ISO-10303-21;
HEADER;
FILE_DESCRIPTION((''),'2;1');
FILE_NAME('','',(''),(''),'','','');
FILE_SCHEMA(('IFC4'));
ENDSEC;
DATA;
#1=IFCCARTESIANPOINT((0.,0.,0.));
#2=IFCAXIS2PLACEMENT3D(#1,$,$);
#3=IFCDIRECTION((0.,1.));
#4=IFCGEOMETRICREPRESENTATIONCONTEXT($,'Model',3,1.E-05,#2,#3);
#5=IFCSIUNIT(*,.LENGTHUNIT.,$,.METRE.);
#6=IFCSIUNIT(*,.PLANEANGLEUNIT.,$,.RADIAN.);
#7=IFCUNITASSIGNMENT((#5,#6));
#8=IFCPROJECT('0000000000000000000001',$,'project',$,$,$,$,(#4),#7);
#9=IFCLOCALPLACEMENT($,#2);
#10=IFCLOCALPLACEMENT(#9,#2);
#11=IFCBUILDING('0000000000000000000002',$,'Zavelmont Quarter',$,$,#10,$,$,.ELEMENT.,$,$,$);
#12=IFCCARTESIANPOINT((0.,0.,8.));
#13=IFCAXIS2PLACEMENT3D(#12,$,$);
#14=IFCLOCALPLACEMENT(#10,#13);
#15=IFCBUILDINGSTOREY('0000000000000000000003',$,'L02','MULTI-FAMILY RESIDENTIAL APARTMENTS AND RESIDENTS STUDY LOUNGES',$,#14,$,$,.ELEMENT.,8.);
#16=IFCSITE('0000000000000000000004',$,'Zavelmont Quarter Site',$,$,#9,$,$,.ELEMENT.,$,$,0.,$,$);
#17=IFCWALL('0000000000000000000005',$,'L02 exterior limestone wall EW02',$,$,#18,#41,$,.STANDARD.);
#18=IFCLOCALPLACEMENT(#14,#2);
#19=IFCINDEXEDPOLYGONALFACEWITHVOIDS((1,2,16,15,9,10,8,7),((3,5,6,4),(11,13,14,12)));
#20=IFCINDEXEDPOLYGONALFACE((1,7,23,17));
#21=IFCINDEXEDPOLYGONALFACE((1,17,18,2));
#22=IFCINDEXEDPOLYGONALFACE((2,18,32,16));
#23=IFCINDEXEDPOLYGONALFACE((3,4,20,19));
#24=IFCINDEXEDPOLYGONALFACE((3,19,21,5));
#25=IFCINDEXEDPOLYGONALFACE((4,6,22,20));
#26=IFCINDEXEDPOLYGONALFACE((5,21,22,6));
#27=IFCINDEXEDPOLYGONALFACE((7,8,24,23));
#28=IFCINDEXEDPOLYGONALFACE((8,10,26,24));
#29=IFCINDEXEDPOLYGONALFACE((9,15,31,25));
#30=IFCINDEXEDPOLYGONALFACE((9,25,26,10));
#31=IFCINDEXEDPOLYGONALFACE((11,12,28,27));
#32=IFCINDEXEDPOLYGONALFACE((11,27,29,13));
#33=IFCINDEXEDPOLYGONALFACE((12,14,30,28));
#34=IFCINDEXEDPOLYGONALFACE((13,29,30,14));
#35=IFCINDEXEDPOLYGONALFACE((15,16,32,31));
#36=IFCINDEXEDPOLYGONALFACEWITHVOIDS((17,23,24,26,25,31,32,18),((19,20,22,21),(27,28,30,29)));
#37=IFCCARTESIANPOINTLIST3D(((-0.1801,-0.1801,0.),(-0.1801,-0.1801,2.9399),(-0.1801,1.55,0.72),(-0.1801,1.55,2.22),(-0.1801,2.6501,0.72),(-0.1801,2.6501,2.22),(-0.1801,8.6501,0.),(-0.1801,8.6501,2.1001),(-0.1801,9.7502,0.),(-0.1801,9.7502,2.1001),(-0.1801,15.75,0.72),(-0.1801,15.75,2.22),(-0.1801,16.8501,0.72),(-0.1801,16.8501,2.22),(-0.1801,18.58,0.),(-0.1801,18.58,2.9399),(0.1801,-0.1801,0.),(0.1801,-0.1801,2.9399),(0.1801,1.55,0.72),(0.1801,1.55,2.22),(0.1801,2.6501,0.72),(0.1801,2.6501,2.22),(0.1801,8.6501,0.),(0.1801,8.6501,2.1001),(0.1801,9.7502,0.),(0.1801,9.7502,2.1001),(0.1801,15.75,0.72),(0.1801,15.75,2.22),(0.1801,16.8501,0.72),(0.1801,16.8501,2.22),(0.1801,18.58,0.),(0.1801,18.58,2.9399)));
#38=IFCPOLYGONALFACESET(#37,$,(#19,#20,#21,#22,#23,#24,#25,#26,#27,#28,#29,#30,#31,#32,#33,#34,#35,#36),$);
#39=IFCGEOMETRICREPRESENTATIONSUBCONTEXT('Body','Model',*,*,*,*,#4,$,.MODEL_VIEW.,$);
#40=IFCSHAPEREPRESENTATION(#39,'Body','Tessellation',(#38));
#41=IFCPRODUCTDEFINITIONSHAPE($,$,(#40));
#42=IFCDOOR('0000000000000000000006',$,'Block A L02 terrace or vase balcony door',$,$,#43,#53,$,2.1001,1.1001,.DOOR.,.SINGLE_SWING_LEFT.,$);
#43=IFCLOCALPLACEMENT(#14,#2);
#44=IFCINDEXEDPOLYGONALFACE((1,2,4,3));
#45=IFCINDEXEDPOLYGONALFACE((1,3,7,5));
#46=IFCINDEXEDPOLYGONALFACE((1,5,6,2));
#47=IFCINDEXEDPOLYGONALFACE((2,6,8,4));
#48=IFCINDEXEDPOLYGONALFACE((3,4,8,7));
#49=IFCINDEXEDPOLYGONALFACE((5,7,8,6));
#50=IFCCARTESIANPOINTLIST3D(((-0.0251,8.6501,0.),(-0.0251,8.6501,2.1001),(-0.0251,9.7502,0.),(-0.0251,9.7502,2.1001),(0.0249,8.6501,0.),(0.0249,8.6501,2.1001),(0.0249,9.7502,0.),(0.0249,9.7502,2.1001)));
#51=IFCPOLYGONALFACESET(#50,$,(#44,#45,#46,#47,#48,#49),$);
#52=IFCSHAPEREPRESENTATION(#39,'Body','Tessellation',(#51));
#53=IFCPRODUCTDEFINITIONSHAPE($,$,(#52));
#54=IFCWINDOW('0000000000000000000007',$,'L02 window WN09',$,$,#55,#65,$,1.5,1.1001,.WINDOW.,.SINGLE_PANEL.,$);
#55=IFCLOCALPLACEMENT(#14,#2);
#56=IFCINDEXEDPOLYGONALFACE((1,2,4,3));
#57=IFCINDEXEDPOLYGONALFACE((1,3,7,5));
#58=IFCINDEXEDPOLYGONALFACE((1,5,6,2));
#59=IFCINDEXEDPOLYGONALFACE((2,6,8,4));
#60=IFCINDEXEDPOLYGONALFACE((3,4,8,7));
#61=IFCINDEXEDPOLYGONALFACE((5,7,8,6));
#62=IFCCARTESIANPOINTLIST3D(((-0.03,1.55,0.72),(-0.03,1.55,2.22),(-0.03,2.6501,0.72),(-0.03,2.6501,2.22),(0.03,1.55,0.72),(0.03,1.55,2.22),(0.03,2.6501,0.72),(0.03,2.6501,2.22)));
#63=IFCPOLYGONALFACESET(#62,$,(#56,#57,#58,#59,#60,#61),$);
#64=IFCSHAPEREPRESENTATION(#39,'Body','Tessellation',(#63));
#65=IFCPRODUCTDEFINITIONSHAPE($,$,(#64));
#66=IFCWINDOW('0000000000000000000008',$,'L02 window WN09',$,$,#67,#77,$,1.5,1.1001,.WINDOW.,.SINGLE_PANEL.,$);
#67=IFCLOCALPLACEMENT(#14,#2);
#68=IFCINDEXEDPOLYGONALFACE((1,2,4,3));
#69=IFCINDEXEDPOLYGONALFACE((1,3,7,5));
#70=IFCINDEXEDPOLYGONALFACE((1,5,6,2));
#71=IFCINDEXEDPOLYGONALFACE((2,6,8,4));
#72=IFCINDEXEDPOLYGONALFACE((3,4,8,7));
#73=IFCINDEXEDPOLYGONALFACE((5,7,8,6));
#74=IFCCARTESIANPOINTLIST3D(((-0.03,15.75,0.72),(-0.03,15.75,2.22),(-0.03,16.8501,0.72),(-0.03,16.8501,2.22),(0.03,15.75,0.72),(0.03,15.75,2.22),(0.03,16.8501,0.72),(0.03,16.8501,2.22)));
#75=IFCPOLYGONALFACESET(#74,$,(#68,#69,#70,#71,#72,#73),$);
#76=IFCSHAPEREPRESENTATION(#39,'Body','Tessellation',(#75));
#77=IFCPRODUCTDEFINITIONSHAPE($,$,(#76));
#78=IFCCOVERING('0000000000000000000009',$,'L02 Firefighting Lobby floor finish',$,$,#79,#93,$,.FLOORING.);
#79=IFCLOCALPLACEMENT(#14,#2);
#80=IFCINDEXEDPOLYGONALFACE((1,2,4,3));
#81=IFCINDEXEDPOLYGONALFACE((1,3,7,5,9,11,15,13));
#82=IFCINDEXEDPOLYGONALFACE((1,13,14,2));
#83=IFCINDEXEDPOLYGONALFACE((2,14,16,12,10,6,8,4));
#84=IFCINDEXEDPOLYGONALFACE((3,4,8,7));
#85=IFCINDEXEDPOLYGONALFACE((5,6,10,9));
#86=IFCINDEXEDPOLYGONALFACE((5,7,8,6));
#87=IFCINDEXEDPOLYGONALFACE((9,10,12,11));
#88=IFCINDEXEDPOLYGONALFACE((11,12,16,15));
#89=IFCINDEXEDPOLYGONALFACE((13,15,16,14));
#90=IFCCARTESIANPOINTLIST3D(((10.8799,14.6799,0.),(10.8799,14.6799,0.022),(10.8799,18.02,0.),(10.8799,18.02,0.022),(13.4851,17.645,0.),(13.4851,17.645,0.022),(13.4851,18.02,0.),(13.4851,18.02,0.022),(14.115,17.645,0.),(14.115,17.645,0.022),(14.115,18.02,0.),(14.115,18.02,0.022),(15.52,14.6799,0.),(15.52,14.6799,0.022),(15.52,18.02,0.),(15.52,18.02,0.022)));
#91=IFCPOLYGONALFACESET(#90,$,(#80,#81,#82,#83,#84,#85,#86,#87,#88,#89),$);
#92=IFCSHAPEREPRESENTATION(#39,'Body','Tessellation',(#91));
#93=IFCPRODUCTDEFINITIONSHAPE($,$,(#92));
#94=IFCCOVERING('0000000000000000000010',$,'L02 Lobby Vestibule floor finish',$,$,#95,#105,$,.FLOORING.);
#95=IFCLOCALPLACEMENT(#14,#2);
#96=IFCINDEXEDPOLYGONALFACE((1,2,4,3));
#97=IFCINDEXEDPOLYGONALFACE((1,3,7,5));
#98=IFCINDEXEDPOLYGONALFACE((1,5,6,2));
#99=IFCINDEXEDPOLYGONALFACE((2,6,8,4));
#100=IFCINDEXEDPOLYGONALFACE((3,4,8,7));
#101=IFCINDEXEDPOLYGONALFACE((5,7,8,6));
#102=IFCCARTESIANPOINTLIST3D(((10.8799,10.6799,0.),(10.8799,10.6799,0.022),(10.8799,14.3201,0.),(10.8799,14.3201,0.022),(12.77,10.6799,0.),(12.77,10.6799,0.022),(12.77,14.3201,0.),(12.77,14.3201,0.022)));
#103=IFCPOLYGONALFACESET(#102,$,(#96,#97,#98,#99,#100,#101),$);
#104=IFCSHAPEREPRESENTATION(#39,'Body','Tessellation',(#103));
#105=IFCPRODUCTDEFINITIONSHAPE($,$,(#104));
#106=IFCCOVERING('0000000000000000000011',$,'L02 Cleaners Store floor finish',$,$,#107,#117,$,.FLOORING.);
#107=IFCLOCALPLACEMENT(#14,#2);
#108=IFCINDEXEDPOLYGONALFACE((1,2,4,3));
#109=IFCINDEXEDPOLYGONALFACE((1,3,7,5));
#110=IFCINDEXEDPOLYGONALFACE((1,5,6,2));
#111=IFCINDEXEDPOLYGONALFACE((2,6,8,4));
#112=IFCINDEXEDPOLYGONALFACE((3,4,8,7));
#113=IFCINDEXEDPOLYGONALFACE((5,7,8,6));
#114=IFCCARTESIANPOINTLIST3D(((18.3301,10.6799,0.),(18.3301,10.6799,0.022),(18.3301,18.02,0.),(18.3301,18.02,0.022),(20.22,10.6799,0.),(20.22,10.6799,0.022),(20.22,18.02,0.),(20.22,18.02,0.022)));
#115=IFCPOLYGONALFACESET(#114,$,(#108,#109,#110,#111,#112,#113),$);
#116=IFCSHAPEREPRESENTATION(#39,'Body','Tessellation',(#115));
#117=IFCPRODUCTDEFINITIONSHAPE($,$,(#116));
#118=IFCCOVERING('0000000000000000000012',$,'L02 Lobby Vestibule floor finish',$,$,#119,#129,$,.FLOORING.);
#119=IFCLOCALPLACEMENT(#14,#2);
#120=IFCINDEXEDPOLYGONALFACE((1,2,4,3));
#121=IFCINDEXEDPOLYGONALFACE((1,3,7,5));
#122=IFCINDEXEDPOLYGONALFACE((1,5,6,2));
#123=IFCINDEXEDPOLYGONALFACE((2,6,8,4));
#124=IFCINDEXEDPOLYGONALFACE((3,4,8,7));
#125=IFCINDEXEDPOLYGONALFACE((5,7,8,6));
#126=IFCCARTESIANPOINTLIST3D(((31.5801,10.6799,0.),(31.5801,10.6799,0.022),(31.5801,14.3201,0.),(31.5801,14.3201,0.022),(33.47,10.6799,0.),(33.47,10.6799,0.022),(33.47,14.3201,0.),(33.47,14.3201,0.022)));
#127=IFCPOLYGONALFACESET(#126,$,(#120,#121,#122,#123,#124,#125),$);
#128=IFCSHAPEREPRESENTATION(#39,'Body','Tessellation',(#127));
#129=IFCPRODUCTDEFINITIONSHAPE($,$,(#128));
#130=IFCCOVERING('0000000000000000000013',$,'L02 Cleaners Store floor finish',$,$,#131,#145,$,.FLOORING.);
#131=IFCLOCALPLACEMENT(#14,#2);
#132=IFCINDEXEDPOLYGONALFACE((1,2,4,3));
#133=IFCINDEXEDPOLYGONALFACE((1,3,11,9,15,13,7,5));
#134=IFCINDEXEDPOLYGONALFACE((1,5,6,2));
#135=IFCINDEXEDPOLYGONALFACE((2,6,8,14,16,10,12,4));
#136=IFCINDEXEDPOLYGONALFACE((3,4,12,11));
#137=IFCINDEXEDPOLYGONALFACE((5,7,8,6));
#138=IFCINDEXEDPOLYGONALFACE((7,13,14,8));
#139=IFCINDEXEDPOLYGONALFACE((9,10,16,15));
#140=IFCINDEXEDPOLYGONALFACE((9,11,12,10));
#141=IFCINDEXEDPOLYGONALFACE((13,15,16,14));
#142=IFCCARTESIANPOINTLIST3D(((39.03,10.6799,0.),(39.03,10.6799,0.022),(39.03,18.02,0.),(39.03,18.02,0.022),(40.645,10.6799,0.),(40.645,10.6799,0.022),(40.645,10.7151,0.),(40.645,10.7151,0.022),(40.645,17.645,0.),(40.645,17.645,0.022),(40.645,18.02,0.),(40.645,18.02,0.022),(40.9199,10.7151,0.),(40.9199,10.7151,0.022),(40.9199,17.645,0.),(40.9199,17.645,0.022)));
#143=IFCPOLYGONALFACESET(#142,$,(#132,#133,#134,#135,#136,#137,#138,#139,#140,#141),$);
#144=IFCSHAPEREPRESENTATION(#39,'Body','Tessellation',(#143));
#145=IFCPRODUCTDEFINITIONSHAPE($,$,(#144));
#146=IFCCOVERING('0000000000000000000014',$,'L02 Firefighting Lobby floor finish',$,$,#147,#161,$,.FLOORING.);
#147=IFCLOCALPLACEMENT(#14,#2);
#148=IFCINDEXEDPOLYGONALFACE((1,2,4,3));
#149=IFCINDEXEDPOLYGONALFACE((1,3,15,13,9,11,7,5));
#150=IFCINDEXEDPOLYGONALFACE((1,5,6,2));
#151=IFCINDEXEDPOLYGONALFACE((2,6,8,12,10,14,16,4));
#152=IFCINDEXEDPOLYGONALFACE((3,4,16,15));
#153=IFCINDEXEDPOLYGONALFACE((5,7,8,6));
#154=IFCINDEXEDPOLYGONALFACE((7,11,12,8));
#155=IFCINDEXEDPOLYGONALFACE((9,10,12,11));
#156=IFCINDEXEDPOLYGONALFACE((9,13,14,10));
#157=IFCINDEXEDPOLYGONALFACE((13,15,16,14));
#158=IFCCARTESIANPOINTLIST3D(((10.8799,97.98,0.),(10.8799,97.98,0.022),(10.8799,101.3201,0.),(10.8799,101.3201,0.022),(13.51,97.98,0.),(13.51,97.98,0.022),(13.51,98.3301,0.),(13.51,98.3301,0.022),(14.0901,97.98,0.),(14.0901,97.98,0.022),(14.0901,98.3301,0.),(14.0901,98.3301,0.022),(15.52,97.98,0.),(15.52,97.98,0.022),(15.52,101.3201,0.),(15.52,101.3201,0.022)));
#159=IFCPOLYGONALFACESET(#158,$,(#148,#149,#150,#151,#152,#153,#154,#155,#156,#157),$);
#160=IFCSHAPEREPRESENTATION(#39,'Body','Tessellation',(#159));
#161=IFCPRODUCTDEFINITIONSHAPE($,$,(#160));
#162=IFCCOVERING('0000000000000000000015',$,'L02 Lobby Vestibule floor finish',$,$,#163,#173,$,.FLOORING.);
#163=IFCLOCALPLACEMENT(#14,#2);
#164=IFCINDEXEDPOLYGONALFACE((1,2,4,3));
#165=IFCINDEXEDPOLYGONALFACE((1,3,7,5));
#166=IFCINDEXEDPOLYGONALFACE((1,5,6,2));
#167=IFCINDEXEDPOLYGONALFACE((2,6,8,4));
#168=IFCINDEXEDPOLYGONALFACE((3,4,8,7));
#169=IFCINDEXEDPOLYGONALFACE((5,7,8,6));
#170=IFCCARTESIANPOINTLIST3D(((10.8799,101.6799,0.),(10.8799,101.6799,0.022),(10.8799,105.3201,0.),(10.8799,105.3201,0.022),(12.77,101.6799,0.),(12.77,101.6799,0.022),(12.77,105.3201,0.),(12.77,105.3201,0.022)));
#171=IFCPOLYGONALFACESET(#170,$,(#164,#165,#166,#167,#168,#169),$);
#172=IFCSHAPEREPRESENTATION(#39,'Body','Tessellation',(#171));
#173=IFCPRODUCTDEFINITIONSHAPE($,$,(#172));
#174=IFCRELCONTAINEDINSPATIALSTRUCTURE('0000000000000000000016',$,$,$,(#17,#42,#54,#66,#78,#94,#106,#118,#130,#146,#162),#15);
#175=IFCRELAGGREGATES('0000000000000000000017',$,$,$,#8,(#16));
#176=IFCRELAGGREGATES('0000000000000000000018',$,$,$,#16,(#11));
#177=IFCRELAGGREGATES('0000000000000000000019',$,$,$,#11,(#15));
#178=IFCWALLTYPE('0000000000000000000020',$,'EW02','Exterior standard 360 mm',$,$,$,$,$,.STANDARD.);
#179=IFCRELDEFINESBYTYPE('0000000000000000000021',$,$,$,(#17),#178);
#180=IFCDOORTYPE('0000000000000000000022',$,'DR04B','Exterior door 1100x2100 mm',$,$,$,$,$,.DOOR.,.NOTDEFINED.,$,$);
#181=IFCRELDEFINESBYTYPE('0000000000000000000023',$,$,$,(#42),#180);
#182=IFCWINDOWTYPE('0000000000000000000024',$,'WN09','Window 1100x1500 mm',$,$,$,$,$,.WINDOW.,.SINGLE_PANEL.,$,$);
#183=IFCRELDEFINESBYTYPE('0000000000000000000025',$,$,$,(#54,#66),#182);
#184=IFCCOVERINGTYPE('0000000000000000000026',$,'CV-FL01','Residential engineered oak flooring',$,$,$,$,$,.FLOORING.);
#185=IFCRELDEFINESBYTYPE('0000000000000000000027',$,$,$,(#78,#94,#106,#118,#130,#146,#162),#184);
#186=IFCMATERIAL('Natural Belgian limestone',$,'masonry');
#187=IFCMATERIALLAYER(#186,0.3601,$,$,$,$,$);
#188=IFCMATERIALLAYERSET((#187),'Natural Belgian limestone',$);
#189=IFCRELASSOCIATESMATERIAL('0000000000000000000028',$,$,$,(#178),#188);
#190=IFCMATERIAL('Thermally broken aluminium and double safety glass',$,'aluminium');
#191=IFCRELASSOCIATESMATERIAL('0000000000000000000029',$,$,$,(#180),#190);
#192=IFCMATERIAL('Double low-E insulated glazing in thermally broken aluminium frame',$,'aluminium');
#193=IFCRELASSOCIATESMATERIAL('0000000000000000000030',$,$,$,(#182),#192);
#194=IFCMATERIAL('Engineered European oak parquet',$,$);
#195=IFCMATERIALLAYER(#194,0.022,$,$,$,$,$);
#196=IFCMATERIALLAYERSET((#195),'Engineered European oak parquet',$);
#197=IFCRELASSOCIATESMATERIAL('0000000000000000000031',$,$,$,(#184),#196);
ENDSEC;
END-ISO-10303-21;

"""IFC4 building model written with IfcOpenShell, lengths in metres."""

from ifc_helpers import new_model, si_unit, direction, frame, frame_2d, origin, origin_with_axes, place, context, subcontext, project, spatial, polyline, rectangle, outline, extrude, material, layer, layer_set, type_object, element, fill, save


model = new_model("IFC4")

# Units and contexts
model_context = context("Model", 3, precision=1e-05, world=origin(), true_north=direction((0.0, 1.0)))
body_context = subcontext(model_context, "Body", "Model", "MODEL_VIEW")
ifc_project = project(units=[si_unit("LENGTHUNIT", "METRE"), si_unit("PLANEANGLEUNIT", "RADIAN")], contexts=[model_context])

# Site, building, storey
site_placement = place(None, origin())
site = spatial("IfcSite", under=ifc_project, at=site_placement, Name="Zavelmont Quarter Site", CompositionType="ELEMENT", RefElevation=0.0)
building_placement = place(site_placement, origin())
building = spatial("IfcBuilding", under=site, at=building_placement, Name="Zavelmont Quarter", CompositionType="ELEMENT")
storey_placement = place(building_placement, frame((0.0, 0.0, 8.0)))
storey = spatial("IfcBuildingStorey", under=building, at=storey_placement, Name="L02", Description="MULTI-FAMILY RESIDENTIAL APARTMENTS AND RESIDENTS STUDY LOUNGES", CompositionType="ELEMENT", Elevation=8.0)

# Wall, openings, door, windows
ifc_material_1 = material(Name="Natural Belgian limestone", Category="masonry")
ifc_layer_1 = layer(ifc_material_1, 0.3601)
ifc_layer_set_1 = layer_set([ifc_layer_1], Name="Natural Belgian limestone")
wall_type = type_object("IfcWallType", Name="EW02", Description="Exterior standard 360 mm", PredefinedType="STANDARD", material=ifc_layer_set_1)
wall_placement = place(storey_placement, frame((0.0, -0.1799, 0.0), z_axis=(0.0, 0.0, 1.0), x_axis=(0.0, 1.0, 0.0)))
wall = element("IfcWall", 1, at=wall_placement, inside=storey, type_object=wall_type, Name="L02 exterior limestone wall EW02", PredefinedType="STANDARD", context=body_context, shape_type="SweptSolid", body=[
    extrude(rectangle(XDim=18.76, YDim=0.3601, at=frame_2d((9.3799, 0.0))), origin(), (0.0, 0.0, 1.0), 2.9399),
])
opening_1_placement = place(wall_placement, frame((8.8301, 0.0, 0.0)))
opening_1 = element("IfcOpeningElement", 2, at=opening_1_placement, cuts=wall, PredefinedType="OPENING", context=body_context, shape_type="SweptSolid", body=[
    extrude(rectangle(XDim=1.1001, YDim=2.1001, at=frame_2d((0.55, 1.05))), frame((0.0, 0.1919, 0.0), z_axis=(0.0, -1.0, 0.0), x_axis=(1.0, 0.0, 0.0)), (0.0, 0.0, 1.0), 0.384),
])
opening_2_placement = place(wall_placement, frame((1.73, 0.0, 0.72)))
opening_2 = element("IfcOpeningElement", 3, at=opening_2_placement, cuts=wall, PredefinedType="OPENING", context=body_context, shape_type="SweptSolid", body=[
    extrude(rectangle(XDim=1.1001, YDim=1.5, at=frame_2d((0.55, 0.75))), frame((0.0, 0.1919, 0.0), z_axis=(0.0, -1.0, 0.0), x_axis=(1.0, 0.0, 0.0)), (0.0, 0.0, 1.0), 0.384),
])
opening_3_placement = place(wall_placement, frame((15.9299, 0.0, 0.72)))
opening_3 = element("IfcOpeningElement", 4, at=opening_3_placement, cuts=wall, PredefinedType="OPENING", context=body_context, shape_type="SweptSolid", body=[
    extrude(rectangle(XDim=1.1001, YDim=1.5, at=frame_2d((0.55, 0.75))), frame((0.0, 0.1919, 0.0), z_axis=(0.0, -1.0, 0.0), x_axis=(1.0, 0.0, 0.0)), (0.0, 0.0, 1.0), 0.384),
])
ifc_material_2 = material(Name="Thermally broken aluminium and double safety glass", Category="aluminium")
door_type = type_object("IfcDoorType", Name="DR04B", Description="Exterior door 1100x2100 mm", OperationType="NOTDEFINED", PredefinedType="DOOR", material=ifc_material_2)
door_placement = place(opening_1_placement, frame((1.1001, 0.0, 0.0), z_axis=(0.0, 0.0, 1.0), x_axis=(-1.0, 0.0, 0.0)))
door = element("IfcDoor", 5, at=door_placement, inside=storey, type_object=door_type, Name="Block A L02 terrace or vase balcony door", OperationType="SINGLE_SWING_LEFT", OverallHeight=2.1001, OverallWidth=1.1001, PredefinedType="DOOR", context=body_context, shape_type="SweptSolid", body=[
    extrude(rectangle(XDim=1.1001, YDim=2.1001, at=frame_2d((0.55, 1.05))), frame((0.0, 0.0249, 0.0), z_axis=(0.0, -1.0, 0.0), x_axis=(1.0, 0.0, 0.0)), (0.0, 0.0, 1.0), 0.05),
])
fill(opening_1, door)
ifc_material_3 = material(Name="Double low-E insulated glazing in thermally broken aluminium frame", Category="aluminium")
window_type = type_object("IfcWindowType", Name="WN09", Description="Window 1100x1500 mm", PartitioningType="SINGLE_PANEL", PredefinedType="WINDOW", material=ifc_material_3)
window_1_placement = place(opening_2_placement, origin_with_axes())
window_1 = element("IfcWindow", 6, at=window_1_placement, inside=storey, type_object=window_type, Name="L02 window WN09", OverallHeight=1.5, OverallWidth=1.1001, PartitioningType="SINGLE_PANEL", PredefinedType="WINDOW", context=body_context, shape_type="SweptSolid", body=[
    extrude(rectangle(XDim=1.1001, YDim=1.5, at=frame_2d((0.55, 0.75))), frame((0.0, 0.03, 0.0), z_axis=(0.0, -1.0, 0.0), x_axis=(1.0, 0.0, 0.0)), (0.0, 0.0, 1.0), 0.0601),
])
fill(opening_2, window_1)
window_2_placement = place(opening_3_placement, origin_with_axes())
window_2 = element("IfcWindow", 7, at=window_2_placement, inside=storey, type_object=window_type, Name="L02 window WN09", OverallHeight=1.5, OverallWidth=1.1001, PartitioningType="SINGLE_PANEL", PredefinedType="WINDOW", context=body_context, shape_type="SweptSolid", body=[
    extrude(rectangle(XDim=1.1001, YDim=1.5, at=frame_2d((0.55, 0.75))), frame((0.0, 0.03, 0.0), z_axis=(0.0, -1.0, 0.0), x_axis=(1.0, 0.0, 0.0)), (0.0, 0.0, 1.0), 0.0601),
])
fill(opening_3, window_2)

# Coverings
ifc_material_4 = material(Name="Engineered European oak parquet")
ifc_layer_2 = layer(ifc_material_4, 0.022)
ifc_layer_set_2 = layer_set([ifc_layer_2], Name="Engineered European oak parquet")
covering_type_1 = type_object("IfcCoveringType", Name="CV-FL01", Description="Residential engineered oak flooring", PredefinedType="FLOORING", material=ifc_layer_set_2)
covering_1_placement = place(storey_placement, origin())
element("IfcCovering", 8, at=covering_1_placement, inside=storey, type_object=covering_type_1, Name="L02 Firefighting Lobby floor finish", PredefinedType="FLOORING", context=body_context, shape_type="SweptSolid", body=[
    extrude(outline(polyline([(10.8799, 18.02), (13.4851, 18.02), (13.4851, 17.645), (14.115, 17.645), (14.115, 18.02), (15.52, 18.02), (15.52, 14.6799), (10.8799, 14.6799), (10.8799, 18.02)])), origin(), (0.0, 0.0, 1.0), 0.022),
])
covering_2_placement = place(storey_placement, origin())
element("IfcCovering", 9, at=covering_2_placement, inside=storey, type_object=covering_type_1, Name="L02 Lobby Vestibule floor finish", PredefinedType="FLOORING", context=body_context, shape_type="SweptSolid", body=[
    extrude(outline(polyline([(10.8799, 14.3201), (12.77, 14.3201), (12.77, 10.6799), (10.8799, 10.6799), (10.8799, 14.3201)])), origin(), (0.0, 0.0, 1.0), 0.022),
])
covering_3_placement = place(storey_placement, origin())
element("IfcCovering", 10, at=covering_3_placement, inside=storey, type_object=covering_type_1, Name="L02 Cleaners Store floor finish", PredefinedType="FLOORING", context=body_context, shape_type="SweptSolid", body=[
    extrude(outline(polyline([(18.3301, 18.02), (20.22, 18.02), (20.22, 10.6799), (18.3301, 10.6799), (18.3301, 18.02)])), origin(), (0.0, 0.0, 1.0), 0.022),
])
covering_4_placement = place(storey_placement, origin())
element("IfcCovering", 11, at=covering_4_placement, inside=storey, type_object=covering_type_1, Name="L02 Lobby Vestibule floor finish", PredefinedType="FLOORING", context=body_context, shape_type="SweptSolid", body=[
    extrude(outline(polyline([(31.5801, 14.3201), (33.47, 14.3201), (33.47, 10.6799), (31.5801, 10.6799), (31.5801, 14.3201)])), origin(), (0.0, 0.0, 1.0), 0.022),
])
covering_5_placement = place(storey_placement, origin())
element("IfcCovering", 12, at=covering_5_placement, inside=storey, type_object=covering_type_1, Name="L02 Cleaners Store floor finish", PredefinedType="FLOORING", context=body_context, shape_type="SweptSolid", body=[
    extrude(outline(polyline([(39.03, 18.02), (40.645, 18.02), (40.645, 17.645), (40.9199, 17.645), (40.9199, 10.7151), (40.645, 10.7151), (40.645, 10.6799), (39.03, 10.6799), (39.03, 18.02)])), origin(), (0.0, 0.0, 1.0), 0.022),
])
covering_6_placement = place(storey_placement, origin())
element("IfcCovering", 13, at=covering_6_placement, inside=storey, type_object=covering_type_1, Name="L02 Firefighting Lobby floor finish", PredefinedType="FLOORING", context=body_context, shape_type="SweptSolid", body=[
    extrude(outline(polyline([(10.8799, 101.3201), (15.52, 101.3201), (15.52, 97.98), (14.0901, 97.98), (14.0901, 98.3301), (13.51, 98.3301), (13.51, 97.98), (10.8799, 97.98), (10.8799, 101.3201)])), origin(), (0.0, 0.0, 1.0), 0.022),
])
covering_7_placement = place(storey_placement, origin())
element("IfcCovering", 14, at=covering_7_placement, inside=storey, type_object=covering_type_1, Name="L02 Lobby Vestibule floor finish", PredefinedType="FLOORING", context=body_context, shape_type="SweptSolid", body=[
    extrude(outline(polyline([(10.8799, 105.3201), (12.77, 105.3201), (12.77, 101.6799), (10.8799, 101.6799), (10.8799, 105.3201)])), origin(), (0.0, 0.0, 1.0), 0.022),
])

save(model, "model.ifc")
